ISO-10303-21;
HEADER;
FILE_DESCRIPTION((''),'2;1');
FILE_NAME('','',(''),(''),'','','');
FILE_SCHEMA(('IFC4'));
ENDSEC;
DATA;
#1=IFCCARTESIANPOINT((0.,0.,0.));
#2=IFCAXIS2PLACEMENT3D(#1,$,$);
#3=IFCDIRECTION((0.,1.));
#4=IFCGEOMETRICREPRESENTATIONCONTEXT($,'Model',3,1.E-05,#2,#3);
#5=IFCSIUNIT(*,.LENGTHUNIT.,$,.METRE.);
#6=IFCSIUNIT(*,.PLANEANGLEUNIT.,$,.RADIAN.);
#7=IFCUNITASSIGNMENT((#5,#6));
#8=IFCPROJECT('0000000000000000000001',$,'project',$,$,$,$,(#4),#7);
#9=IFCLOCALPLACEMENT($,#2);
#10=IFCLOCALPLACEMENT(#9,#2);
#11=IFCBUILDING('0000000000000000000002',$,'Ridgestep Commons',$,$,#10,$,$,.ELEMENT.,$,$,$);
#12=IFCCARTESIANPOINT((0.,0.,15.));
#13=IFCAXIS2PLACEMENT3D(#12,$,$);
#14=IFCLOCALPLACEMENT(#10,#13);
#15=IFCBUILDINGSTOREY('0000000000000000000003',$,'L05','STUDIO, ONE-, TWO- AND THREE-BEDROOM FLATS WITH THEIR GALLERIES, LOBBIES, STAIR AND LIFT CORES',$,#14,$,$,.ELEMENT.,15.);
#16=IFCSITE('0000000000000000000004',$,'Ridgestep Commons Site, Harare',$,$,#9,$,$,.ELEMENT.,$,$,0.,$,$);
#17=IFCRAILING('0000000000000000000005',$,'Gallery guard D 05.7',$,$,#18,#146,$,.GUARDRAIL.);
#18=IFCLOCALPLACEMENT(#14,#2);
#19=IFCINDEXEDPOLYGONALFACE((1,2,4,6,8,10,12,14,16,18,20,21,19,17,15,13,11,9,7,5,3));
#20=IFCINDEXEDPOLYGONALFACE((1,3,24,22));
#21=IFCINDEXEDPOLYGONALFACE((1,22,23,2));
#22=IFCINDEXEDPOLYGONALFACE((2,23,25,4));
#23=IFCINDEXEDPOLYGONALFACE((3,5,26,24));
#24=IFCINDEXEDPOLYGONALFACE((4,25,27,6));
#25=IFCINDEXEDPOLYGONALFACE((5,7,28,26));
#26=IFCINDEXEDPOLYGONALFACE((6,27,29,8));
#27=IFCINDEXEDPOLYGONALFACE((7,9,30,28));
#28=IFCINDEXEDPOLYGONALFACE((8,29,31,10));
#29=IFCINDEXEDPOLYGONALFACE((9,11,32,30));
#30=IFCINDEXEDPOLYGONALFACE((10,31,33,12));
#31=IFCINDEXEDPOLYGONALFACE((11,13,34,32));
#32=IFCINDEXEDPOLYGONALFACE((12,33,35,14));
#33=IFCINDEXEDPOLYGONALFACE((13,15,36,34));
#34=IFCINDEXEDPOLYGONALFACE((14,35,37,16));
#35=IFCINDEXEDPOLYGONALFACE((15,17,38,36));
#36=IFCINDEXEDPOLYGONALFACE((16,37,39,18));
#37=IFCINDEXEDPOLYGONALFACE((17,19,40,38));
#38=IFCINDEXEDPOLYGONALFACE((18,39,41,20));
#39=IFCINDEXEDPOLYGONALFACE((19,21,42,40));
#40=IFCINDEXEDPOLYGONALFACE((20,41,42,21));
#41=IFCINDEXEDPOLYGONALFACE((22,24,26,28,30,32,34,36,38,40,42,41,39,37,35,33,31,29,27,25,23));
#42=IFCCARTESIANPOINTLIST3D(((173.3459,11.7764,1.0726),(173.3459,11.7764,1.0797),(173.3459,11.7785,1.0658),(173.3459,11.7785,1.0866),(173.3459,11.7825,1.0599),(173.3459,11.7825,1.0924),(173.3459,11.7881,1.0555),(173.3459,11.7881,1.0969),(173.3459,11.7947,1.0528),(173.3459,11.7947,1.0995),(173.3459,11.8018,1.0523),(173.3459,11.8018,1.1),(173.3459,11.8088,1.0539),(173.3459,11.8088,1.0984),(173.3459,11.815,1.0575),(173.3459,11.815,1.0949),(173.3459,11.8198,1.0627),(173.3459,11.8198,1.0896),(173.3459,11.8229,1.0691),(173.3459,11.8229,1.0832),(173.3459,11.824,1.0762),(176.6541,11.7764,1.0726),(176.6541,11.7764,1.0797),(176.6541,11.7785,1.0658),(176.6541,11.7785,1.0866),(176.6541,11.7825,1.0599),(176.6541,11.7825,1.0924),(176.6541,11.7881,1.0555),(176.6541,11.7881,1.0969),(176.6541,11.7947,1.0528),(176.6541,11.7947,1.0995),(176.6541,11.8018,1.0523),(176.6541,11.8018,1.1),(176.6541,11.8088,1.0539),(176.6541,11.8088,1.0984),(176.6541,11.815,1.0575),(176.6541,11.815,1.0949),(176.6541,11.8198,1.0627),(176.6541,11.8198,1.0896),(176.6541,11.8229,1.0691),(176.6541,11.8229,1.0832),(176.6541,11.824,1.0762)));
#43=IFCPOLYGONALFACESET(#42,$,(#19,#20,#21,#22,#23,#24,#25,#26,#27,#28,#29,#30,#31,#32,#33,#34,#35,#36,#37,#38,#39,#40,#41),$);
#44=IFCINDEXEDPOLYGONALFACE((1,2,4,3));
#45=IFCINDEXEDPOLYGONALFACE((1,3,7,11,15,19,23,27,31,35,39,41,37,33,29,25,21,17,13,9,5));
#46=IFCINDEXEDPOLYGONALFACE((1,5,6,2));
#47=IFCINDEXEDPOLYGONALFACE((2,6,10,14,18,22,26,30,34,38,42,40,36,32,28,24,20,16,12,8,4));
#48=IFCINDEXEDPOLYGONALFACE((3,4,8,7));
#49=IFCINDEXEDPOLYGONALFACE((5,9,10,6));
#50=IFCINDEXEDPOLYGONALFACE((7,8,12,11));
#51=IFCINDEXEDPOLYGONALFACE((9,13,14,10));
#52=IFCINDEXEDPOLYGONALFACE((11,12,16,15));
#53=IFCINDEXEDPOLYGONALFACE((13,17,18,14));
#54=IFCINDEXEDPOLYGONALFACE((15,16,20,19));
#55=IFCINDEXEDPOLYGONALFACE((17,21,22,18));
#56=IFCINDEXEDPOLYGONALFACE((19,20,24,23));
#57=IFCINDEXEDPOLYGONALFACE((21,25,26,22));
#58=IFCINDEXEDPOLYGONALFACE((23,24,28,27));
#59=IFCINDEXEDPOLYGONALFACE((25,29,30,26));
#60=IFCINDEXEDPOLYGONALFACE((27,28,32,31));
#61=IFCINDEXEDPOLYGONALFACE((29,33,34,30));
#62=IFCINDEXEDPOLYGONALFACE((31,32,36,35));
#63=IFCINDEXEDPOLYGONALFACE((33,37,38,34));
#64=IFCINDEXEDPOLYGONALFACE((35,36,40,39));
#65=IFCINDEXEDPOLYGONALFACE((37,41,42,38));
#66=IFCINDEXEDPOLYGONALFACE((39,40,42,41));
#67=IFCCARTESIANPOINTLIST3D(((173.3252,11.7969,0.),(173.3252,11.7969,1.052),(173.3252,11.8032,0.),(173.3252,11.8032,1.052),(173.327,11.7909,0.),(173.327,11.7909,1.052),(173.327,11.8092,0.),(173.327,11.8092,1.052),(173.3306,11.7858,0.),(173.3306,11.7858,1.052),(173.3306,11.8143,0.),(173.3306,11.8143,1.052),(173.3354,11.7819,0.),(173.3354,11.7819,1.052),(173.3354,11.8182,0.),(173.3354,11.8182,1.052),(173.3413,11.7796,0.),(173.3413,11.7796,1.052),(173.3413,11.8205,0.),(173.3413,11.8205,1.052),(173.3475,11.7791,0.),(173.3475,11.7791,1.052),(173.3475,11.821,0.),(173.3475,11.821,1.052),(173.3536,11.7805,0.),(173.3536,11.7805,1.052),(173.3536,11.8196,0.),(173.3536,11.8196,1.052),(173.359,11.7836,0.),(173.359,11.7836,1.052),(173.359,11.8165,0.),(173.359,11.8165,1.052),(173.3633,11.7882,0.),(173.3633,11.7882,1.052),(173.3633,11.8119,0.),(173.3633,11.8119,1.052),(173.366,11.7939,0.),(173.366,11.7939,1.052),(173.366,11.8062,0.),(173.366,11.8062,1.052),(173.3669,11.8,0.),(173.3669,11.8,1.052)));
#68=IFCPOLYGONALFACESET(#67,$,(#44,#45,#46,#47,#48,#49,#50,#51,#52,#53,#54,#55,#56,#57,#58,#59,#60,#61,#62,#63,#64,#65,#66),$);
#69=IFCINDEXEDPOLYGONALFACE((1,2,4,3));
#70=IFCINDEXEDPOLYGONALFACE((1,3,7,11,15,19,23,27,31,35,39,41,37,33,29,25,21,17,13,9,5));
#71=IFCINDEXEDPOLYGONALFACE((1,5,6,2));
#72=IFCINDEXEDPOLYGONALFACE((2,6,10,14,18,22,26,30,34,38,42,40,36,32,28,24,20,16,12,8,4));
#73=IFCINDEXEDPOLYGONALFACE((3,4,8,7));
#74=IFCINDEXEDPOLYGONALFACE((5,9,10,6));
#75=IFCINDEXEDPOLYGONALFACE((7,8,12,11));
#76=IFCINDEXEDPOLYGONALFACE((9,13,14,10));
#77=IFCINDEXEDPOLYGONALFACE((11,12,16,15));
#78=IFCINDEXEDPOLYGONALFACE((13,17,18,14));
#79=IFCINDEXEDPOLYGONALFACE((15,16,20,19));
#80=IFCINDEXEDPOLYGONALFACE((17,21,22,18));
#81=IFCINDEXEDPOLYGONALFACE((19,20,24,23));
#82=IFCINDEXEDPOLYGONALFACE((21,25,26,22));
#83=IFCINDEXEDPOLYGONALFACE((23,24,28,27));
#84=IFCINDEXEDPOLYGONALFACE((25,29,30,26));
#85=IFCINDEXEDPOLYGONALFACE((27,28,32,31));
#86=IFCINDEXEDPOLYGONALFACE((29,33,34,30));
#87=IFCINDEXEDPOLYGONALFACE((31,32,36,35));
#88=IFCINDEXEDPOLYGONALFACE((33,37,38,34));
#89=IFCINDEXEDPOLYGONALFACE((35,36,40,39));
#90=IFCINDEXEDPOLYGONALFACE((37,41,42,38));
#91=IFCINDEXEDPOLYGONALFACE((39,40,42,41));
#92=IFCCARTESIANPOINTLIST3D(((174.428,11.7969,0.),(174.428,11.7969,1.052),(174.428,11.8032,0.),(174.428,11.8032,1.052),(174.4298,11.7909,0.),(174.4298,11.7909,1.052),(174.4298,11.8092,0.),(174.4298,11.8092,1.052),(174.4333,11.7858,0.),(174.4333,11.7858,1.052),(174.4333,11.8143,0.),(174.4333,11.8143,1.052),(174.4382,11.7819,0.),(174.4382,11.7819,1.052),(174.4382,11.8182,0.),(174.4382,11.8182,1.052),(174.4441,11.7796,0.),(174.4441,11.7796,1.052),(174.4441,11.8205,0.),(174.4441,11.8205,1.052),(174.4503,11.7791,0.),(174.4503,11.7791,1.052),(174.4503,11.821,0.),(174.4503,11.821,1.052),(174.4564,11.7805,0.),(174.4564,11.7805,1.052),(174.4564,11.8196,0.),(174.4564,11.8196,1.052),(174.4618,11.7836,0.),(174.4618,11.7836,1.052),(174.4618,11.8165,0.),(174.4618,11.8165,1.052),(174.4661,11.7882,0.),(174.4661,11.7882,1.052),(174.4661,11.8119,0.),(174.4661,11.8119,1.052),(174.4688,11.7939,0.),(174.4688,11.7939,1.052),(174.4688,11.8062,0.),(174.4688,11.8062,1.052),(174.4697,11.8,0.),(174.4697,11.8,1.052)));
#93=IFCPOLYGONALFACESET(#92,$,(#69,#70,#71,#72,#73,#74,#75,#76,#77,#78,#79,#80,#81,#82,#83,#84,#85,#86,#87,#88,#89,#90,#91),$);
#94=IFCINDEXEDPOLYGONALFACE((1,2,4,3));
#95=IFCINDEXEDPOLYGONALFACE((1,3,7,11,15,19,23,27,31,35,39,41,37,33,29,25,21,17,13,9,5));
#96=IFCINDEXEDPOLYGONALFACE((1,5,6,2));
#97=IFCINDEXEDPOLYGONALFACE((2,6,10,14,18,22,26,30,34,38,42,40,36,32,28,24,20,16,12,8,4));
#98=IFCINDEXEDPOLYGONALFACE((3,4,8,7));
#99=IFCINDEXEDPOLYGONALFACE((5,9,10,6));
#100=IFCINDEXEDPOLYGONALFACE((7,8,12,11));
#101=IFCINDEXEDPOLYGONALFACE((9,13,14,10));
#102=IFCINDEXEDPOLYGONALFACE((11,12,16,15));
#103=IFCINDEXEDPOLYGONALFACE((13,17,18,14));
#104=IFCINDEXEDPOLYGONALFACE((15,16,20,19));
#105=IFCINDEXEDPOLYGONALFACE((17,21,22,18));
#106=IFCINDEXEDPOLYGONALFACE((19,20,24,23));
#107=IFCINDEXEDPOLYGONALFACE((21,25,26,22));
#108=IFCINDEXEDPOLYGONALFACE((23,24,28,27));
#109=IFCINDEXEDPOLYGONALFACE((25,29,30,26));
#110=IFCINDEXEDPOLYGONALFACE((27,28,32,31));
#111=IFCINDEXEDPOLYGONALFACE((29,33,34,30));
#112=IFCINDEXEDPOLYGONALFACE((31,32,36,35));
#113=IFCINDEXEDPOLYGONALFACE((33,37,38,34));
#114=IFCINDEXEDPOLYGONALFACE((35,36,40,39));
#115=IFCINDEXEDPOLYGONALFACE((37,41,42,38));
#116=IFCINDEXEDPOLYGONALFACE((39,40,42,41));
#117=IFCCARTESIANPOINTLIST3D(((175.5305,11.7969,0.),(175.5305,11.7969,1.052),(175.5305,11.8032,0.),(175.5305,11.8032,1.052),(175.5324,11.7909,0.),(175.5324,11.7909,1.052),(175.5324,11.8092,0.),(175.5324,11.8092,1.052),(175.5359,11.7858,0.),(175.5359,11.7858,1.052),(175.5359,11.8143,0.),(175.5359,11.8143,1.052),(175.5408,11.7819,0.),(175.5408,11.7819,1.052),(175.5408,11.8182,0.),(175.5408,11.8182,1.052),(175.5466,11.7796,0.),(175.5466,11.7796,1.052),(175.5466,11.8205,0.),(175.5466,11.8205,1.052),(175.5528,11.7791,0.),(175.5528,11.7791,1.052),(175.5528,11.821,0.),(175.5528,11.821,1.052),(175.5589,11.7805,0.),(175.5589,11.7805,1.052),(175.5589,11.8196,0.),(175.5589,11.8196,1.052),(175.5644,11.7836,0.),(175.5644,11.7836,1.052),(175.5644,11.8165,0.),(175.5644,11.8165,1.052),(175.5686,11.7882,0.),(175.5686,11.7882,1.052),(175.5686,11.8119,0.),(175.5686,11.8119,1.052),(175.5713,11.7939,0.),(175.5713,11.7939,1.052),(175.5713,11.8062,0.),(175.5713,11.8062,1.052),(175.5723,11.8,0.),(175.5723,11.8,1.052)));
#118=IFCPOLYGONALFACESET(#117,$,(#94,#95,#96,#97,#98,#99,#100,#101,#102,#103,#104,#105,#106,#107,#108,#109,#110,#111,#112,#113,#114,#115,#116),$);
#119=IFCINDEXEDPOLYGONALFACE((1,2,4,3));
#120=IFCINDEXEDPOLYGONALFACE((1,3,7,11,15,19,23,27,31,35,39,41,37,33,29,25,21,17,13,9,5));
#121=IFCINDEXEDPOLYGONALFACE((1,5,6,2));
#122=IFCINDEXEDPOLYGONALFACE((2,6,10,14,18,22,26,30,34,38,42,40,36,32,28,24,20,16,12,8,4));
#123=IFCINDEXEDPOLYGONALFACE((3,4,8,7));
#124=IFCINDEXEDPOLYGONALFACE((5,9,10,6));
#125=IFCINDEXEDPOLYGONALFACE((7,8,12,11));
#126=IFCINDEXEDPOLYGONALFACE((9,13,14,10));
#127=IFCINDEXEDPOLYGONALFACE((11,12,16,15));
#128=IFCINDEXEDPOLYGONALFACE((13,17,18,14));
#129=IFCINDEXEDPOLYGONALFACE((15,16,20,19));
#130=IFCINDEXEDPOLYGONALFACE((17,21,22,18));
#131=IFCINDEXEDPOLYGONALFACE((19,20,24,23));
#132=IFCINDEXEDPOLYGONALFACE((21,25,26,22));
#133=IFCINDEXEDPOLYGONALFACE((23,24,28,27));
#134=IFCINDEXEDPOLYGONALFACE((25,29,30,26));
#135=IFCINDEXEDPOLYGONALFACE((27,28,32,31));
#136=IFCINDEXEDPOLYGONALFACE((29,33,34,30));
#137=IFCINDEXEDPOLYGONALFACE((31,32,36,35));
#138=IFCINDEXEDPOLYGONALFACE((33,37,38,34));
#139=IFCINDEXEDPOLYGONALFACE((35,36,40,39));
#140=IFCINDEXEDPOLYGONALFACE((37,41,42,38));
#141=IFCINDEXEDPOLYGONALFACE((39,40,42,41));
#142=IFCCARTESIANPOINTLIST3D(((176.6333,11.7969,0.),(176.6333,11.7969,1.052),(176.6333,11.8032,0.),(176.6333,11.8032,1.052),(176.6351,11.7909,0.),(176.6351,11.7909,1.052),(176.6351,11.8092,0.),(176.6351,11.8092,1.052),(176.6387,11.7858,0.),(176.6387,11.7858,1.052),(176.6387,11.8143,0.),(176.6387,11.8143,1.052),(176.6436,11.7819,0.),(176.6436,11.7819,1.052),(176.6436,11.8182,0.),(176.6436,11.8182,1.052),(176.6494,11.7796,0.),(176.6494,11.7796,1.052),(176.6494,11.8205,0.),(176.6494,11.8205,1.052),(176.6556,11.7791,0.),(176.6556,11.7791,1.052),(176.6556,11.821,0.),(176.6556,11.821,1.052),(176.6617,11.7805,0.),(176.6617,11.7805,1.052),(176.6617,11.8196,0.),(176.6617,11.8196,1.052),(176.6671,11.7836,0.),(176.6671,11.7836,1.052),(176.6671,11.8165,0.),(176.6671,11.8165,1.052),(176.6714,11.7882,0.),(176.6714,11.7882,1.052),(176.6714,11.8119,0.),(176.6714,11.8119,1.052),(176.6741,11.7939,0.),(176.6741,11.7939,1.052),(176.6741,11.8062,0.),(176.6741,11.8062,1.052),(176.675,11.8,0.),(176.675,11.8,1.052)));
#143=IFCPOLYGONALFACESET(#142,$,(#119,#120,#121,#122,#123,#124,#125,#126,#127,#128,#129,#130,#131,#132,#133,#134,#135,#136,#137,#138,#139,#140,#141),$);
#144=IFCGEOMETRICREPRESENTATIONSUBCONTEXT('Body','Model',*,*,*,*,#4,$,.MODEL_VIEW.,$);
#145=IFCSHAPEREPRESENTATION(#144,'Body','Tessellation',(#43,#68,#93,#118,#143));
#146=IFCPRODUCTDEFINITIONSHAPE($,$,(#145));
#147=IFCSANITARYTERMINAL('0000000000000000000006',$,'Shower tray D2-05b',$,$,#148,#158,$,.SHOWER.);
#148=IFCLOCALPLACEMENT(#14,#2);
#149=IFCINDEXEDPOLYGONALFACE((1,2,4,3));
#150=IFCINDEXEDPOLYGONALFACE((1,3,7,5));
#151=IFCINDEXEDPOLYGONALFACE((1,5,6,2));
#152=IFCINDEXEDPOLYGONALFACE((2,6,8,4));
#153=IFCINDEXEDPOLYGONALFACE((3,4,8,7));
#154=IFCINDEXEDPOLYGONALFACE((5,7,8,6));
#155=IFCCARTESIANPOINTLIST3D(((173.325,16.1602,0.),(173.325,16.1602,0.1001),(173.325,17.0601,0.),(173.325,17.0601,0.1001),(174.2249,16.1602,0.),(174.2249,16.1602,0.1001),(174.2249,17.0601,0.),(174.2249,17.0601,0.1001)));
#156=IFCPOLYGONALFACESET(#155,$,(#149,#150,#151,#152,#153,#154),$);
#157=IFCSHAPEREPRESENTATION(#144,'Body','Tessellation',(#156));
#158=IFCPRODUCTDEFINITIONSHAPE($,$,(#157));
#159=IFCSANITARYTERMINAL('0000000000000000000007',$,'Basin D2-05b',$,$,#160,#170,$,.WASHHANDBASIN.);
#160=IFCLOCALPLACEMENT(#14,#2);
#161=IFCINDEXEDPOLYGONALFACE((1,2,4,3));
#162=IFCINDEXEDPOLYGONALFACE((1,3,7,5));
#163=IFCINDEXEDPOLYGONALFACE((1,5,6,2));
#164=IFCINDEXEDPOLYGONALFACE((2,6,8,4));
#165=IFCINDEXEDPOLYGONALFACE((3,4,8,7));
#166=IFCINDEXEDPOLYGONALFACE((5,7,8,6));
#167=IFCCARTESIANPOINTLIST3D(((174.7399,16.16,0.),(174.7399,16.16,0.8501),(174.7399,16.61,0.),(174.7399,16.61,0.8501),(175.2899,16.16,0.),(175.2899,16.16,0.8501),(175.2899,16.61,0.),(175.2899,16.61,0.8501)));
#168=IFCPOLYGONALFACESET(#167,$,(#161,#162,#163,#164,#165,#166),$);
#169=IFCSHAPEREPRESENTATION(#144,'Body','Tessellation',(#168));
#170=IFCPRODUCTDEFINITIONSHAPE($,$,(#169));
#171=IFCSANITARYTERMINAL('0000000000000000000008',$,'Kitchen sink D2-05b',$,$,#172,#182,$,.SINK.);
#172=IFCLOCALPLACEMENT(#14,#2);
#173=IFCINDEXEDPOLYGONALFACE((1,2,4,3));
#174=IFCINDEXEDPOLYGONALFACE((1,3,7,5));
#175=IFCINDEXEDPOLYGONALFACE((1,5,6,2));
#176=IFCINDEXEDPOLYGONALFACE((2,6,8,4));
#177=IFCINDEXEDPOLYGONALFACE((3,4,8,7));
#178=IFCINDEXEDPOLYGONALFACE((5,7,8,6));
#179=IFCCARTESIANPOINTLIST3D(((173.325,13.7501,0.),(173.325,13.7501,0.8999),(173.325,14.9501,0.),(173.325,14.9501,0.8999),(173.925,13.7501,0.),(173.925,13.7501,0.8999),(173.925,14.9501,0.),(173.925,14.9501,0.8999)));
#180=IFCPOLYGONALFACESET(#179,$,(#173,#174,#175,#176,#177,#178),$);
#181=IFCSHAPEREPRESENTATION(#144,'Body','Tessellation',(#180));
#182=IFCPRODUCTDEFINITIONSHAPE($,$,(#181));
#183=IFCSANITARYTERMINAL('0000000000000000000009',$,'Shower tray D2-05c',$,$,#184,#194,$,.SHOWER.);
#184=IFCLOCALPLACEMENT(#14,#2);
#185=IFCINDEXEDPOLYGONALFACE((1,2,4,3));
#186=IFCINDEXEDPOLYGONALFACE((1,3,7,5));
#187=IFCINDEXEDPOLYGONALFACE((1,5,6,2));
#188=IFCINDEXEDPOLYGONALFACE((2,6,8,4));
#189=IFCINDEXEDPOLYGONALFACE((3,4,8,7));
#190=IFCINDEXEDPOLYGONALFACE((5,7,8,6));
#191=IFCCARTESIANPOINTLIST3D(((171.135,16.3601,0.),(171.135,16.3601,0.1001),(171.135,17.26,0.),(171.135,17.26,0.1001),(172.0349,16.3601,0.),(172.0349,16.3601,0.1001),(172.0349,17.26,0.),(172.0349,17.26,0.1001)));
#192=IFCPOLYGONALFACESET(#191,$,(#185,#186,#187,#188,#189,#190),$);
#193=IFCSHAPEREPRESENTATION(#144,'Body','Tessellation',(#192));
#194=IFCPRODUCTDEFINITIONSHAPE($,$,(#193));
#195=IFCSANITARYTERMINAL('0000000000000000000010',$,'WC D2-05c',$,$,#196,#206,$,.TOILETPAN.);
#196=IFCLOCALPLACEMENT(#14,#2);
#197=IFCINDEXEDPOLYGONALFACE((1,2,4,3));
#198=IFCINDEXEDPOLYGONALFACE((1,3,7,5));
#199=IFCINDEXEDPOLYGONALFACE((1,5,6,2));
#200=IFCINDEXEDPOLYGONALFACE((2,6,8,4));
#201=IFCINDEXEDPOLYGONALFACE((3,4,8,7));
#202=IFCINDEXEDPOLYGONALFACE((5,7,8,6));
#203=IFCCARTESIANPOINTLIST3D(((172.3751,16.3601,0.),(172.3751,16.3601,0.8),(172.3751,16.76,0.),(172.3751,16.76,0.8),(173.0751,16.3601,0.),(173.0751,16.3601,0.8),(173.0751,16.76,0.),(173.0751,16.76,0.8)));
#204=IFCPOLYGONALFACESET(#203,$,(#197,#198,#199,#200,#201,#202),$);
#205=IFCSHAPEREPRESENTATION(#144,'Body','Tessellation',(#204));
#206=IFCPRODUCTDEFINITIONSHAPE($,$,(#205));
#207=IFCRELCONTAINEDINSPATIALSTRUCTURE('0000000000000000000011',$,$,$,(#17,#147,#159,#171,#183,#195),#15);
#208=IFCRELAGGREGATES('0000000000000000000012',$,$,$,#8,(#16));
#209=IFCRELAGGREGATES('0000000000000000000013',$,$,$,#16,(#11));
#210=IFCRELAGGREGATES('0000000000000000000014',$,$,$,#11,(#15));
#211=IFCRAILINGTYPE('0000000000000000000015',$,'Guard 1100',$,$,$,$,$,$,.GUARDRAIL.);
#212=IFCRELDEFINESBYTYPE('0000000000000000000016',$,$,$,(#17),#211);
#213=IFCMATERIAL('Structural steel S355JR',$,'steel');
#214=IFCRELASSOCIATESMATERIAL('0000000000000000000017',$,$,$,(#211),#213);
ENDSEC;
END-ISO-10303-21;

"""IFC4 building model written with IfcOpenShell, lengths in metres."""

from ifc_helpers import new_model, si_unit, direction, frame, origin, origin_2d, place, context, subcontext, project, spatial, rectangle, circle, extrude, material, type_object, element, save


model = new_model("IFC4")

# Units and contexts
model_context = context("Model", 3, precision=1e-05, world=origin(), true_north=direction((0.0, 1.0)))
body_context = subcontext(model_context, "Body", "Model", "MODEL_VIEW")
ifc_project = project(units=[si_unit("LENGTHUNIT", "METRE"), si_unit("PLANEANGLEUNIT", "RADIAN")], contexts=[model_context])

# Site, building, storey
site_placement = place(None, origin())
site = spatial("IfcSite", under=ifc_project, at=site_placement, Name="Ridgestep Commons Site, Harare", CompositionType="ELEMENT", RefElevation=0.0)
building_placement = place(site_placement, origin())
building = spatial("IfcBuilding", under=site, at=building_placement, Name="Ridgestep Commons", CompositionType="ELEMENT")
storey_placement = place(building_placement, frame((0.0, 0.0, 15.0)))
storey = spatial("IfcBuildingStorey", under=building, at=storey_placement, Name="L05", Description="STUDIO, ONE-, TWO- AND THREE-BEDROOM FLATS WITH THEIR GALLERIES, LOBBIES, STAIR AND LIFT CORES", CompositionType="ELEMENT", Elevation=15.0)

# Railing
ifc_material_1 = material(Name="Structural steel S355JR", Category="steel")
railing_type = type_object("IfcRailingType", Name="Guard 1100", PredefinedType="GUARDRAIL", material=ifc_material_1)
railing_placement = place(storey_placement, frame((173.3459, 11.8, 0.0)))
element("IfcRailing", 1, at=railing_placement, inside=storey, type_object=railing_type, Name="Gallery guard D 05.7", PredefinedType="GUARDRAIL", context=body_context, shape_type="SweptSolid", body=[
    extrude(circle(Radius=0.0239, at=origin_2d()), frame((0.0, 0.0, 1.0762), z_axis=(1.0, 0.0, 0.0), x_axis=(0.0, 1.0, 0.0)), (0.0, 0.0, 1.0), 3.3081),
    extrude(circle(Radius=0.021, at=origin_2d()), origin(), (0.0, 0.0, 1.0), 1.052),
    extrude(circle(Radius=0.021, at=origin_2d()), frame((1.1028, 0.0, 0.0)), (0.0, 0.0, 1.0), 1.052),
    extrude(circle(Radius=0.021, at=origin_2d()), frame((2.2053, 0.0, 0.0)), (0.0, 0.0, 1.0), 1.052),
    extrude(circle(Radius=0.021, at=origin_2d()), frame((3.3081, 0.0, 0.0)), (0.0, 0.0, 1.0), 1.052),
])

# Sanitary terminals
sanitary_terminal_1_placement = place(storey_placement, frame((173.7749, 16.6101, 0.0), z_axis=(0.0, 0.0, 1.0), x_axis=(1.0, 0.0, 0.0)))
element("IfcSanitaryTerminal", 2, at=sanitary_terminal_1_placement, inside=storey, Name="Shower tray D2-05b", PredefinedType="SHOWER", context=body_context, shape_type="SweptSolid", body=[
    extrude(rectangle(XDim=0.8999, YDim=0.8999, at=origin_2d()), origin(), (0.0, 0.0, 1.0), 0.1001),
])
sanitary_terminal_2_placement = place(storey_placement, frame((175.0149, 16.385, 0.0), z_axis=(0.0, 0.0, 1.0), x_axis=(1.0, 0.0, 0.0)))
element("IfcSanitaryTerminal", 3, at=sanitary_terminal_2_placement, inside=storey, Name="Basin D2-05b", PredefinedType="WASHHANDBASIN", context=body_context, shape_type="SweptSolid", body=[
    extrude(rectangle(XDim=0.55, YDim=0.45, at=origin_2d()), origin(), (0.0, 0.0, 1.0), 0.8501),
])
sanitary_terminal_3_placement = place(storey_placement, frame((173.625, 14.3501, 0.0), z_axis=(0.0, 0.0, 1.0), x_axis=(1.0, 0.0, 0.0)))
element("IfcSanitaryTerminal", 4, at=sanitary_terminal_3_placement, inside=storey, Name="Kitchen sink D2-05b", PredefinedType="SINK", context=body_context, shape_type="SweptSolid", body=[
    extrude(rectangle(XDim=0.6001, YDim=1.2, at=origin_2d()), origin(), (0.0, 0.0, 1.0), 0.8999),
])
sanitary_terminal_4_placement = place(storey_placement, frame((171.585, 16.8101, 0.0), z_axis=(0.0, 0.0, 1.0), x_axis=(1.0, 0.0, 0.0)))
element("IfcSanitaryTerminal", 5, at=sanitary_terminal_4_placement, inside=storey, Name="Shower tray D2-05c", PredefinedType="SHOWER", context=body_context, shape_type="SweptSolid", body=[
    extrude(rectangle(XDim=0.8999, YDim=0.8999, at=origin_2d()), origin(), (0.0, 0.0, 1.0), 0.1001),
])
sanitary_terminal_5_placement = place(storey_placement, frame((172.7251, 16.5601, 0.0), z_axis=(0.0, 0.0, 1.0), x_axis=(1.0, 0.0, 0.0)))
element("IfcSanitaryTerminal", 6, at=sanitary_terminal_5_placement, inside=storey, Name="WC D2-05c", PredefinedType="TOILETPAN", context=body_context, shape_type="SweptSolid", body=[
    extrude(rectangle(XDim=0.7, YDim=0.3999, at=origin_2d()), origin(), (0.0, 0.0, 1.0), 0.8),
])

save(model, "model.ifc")
